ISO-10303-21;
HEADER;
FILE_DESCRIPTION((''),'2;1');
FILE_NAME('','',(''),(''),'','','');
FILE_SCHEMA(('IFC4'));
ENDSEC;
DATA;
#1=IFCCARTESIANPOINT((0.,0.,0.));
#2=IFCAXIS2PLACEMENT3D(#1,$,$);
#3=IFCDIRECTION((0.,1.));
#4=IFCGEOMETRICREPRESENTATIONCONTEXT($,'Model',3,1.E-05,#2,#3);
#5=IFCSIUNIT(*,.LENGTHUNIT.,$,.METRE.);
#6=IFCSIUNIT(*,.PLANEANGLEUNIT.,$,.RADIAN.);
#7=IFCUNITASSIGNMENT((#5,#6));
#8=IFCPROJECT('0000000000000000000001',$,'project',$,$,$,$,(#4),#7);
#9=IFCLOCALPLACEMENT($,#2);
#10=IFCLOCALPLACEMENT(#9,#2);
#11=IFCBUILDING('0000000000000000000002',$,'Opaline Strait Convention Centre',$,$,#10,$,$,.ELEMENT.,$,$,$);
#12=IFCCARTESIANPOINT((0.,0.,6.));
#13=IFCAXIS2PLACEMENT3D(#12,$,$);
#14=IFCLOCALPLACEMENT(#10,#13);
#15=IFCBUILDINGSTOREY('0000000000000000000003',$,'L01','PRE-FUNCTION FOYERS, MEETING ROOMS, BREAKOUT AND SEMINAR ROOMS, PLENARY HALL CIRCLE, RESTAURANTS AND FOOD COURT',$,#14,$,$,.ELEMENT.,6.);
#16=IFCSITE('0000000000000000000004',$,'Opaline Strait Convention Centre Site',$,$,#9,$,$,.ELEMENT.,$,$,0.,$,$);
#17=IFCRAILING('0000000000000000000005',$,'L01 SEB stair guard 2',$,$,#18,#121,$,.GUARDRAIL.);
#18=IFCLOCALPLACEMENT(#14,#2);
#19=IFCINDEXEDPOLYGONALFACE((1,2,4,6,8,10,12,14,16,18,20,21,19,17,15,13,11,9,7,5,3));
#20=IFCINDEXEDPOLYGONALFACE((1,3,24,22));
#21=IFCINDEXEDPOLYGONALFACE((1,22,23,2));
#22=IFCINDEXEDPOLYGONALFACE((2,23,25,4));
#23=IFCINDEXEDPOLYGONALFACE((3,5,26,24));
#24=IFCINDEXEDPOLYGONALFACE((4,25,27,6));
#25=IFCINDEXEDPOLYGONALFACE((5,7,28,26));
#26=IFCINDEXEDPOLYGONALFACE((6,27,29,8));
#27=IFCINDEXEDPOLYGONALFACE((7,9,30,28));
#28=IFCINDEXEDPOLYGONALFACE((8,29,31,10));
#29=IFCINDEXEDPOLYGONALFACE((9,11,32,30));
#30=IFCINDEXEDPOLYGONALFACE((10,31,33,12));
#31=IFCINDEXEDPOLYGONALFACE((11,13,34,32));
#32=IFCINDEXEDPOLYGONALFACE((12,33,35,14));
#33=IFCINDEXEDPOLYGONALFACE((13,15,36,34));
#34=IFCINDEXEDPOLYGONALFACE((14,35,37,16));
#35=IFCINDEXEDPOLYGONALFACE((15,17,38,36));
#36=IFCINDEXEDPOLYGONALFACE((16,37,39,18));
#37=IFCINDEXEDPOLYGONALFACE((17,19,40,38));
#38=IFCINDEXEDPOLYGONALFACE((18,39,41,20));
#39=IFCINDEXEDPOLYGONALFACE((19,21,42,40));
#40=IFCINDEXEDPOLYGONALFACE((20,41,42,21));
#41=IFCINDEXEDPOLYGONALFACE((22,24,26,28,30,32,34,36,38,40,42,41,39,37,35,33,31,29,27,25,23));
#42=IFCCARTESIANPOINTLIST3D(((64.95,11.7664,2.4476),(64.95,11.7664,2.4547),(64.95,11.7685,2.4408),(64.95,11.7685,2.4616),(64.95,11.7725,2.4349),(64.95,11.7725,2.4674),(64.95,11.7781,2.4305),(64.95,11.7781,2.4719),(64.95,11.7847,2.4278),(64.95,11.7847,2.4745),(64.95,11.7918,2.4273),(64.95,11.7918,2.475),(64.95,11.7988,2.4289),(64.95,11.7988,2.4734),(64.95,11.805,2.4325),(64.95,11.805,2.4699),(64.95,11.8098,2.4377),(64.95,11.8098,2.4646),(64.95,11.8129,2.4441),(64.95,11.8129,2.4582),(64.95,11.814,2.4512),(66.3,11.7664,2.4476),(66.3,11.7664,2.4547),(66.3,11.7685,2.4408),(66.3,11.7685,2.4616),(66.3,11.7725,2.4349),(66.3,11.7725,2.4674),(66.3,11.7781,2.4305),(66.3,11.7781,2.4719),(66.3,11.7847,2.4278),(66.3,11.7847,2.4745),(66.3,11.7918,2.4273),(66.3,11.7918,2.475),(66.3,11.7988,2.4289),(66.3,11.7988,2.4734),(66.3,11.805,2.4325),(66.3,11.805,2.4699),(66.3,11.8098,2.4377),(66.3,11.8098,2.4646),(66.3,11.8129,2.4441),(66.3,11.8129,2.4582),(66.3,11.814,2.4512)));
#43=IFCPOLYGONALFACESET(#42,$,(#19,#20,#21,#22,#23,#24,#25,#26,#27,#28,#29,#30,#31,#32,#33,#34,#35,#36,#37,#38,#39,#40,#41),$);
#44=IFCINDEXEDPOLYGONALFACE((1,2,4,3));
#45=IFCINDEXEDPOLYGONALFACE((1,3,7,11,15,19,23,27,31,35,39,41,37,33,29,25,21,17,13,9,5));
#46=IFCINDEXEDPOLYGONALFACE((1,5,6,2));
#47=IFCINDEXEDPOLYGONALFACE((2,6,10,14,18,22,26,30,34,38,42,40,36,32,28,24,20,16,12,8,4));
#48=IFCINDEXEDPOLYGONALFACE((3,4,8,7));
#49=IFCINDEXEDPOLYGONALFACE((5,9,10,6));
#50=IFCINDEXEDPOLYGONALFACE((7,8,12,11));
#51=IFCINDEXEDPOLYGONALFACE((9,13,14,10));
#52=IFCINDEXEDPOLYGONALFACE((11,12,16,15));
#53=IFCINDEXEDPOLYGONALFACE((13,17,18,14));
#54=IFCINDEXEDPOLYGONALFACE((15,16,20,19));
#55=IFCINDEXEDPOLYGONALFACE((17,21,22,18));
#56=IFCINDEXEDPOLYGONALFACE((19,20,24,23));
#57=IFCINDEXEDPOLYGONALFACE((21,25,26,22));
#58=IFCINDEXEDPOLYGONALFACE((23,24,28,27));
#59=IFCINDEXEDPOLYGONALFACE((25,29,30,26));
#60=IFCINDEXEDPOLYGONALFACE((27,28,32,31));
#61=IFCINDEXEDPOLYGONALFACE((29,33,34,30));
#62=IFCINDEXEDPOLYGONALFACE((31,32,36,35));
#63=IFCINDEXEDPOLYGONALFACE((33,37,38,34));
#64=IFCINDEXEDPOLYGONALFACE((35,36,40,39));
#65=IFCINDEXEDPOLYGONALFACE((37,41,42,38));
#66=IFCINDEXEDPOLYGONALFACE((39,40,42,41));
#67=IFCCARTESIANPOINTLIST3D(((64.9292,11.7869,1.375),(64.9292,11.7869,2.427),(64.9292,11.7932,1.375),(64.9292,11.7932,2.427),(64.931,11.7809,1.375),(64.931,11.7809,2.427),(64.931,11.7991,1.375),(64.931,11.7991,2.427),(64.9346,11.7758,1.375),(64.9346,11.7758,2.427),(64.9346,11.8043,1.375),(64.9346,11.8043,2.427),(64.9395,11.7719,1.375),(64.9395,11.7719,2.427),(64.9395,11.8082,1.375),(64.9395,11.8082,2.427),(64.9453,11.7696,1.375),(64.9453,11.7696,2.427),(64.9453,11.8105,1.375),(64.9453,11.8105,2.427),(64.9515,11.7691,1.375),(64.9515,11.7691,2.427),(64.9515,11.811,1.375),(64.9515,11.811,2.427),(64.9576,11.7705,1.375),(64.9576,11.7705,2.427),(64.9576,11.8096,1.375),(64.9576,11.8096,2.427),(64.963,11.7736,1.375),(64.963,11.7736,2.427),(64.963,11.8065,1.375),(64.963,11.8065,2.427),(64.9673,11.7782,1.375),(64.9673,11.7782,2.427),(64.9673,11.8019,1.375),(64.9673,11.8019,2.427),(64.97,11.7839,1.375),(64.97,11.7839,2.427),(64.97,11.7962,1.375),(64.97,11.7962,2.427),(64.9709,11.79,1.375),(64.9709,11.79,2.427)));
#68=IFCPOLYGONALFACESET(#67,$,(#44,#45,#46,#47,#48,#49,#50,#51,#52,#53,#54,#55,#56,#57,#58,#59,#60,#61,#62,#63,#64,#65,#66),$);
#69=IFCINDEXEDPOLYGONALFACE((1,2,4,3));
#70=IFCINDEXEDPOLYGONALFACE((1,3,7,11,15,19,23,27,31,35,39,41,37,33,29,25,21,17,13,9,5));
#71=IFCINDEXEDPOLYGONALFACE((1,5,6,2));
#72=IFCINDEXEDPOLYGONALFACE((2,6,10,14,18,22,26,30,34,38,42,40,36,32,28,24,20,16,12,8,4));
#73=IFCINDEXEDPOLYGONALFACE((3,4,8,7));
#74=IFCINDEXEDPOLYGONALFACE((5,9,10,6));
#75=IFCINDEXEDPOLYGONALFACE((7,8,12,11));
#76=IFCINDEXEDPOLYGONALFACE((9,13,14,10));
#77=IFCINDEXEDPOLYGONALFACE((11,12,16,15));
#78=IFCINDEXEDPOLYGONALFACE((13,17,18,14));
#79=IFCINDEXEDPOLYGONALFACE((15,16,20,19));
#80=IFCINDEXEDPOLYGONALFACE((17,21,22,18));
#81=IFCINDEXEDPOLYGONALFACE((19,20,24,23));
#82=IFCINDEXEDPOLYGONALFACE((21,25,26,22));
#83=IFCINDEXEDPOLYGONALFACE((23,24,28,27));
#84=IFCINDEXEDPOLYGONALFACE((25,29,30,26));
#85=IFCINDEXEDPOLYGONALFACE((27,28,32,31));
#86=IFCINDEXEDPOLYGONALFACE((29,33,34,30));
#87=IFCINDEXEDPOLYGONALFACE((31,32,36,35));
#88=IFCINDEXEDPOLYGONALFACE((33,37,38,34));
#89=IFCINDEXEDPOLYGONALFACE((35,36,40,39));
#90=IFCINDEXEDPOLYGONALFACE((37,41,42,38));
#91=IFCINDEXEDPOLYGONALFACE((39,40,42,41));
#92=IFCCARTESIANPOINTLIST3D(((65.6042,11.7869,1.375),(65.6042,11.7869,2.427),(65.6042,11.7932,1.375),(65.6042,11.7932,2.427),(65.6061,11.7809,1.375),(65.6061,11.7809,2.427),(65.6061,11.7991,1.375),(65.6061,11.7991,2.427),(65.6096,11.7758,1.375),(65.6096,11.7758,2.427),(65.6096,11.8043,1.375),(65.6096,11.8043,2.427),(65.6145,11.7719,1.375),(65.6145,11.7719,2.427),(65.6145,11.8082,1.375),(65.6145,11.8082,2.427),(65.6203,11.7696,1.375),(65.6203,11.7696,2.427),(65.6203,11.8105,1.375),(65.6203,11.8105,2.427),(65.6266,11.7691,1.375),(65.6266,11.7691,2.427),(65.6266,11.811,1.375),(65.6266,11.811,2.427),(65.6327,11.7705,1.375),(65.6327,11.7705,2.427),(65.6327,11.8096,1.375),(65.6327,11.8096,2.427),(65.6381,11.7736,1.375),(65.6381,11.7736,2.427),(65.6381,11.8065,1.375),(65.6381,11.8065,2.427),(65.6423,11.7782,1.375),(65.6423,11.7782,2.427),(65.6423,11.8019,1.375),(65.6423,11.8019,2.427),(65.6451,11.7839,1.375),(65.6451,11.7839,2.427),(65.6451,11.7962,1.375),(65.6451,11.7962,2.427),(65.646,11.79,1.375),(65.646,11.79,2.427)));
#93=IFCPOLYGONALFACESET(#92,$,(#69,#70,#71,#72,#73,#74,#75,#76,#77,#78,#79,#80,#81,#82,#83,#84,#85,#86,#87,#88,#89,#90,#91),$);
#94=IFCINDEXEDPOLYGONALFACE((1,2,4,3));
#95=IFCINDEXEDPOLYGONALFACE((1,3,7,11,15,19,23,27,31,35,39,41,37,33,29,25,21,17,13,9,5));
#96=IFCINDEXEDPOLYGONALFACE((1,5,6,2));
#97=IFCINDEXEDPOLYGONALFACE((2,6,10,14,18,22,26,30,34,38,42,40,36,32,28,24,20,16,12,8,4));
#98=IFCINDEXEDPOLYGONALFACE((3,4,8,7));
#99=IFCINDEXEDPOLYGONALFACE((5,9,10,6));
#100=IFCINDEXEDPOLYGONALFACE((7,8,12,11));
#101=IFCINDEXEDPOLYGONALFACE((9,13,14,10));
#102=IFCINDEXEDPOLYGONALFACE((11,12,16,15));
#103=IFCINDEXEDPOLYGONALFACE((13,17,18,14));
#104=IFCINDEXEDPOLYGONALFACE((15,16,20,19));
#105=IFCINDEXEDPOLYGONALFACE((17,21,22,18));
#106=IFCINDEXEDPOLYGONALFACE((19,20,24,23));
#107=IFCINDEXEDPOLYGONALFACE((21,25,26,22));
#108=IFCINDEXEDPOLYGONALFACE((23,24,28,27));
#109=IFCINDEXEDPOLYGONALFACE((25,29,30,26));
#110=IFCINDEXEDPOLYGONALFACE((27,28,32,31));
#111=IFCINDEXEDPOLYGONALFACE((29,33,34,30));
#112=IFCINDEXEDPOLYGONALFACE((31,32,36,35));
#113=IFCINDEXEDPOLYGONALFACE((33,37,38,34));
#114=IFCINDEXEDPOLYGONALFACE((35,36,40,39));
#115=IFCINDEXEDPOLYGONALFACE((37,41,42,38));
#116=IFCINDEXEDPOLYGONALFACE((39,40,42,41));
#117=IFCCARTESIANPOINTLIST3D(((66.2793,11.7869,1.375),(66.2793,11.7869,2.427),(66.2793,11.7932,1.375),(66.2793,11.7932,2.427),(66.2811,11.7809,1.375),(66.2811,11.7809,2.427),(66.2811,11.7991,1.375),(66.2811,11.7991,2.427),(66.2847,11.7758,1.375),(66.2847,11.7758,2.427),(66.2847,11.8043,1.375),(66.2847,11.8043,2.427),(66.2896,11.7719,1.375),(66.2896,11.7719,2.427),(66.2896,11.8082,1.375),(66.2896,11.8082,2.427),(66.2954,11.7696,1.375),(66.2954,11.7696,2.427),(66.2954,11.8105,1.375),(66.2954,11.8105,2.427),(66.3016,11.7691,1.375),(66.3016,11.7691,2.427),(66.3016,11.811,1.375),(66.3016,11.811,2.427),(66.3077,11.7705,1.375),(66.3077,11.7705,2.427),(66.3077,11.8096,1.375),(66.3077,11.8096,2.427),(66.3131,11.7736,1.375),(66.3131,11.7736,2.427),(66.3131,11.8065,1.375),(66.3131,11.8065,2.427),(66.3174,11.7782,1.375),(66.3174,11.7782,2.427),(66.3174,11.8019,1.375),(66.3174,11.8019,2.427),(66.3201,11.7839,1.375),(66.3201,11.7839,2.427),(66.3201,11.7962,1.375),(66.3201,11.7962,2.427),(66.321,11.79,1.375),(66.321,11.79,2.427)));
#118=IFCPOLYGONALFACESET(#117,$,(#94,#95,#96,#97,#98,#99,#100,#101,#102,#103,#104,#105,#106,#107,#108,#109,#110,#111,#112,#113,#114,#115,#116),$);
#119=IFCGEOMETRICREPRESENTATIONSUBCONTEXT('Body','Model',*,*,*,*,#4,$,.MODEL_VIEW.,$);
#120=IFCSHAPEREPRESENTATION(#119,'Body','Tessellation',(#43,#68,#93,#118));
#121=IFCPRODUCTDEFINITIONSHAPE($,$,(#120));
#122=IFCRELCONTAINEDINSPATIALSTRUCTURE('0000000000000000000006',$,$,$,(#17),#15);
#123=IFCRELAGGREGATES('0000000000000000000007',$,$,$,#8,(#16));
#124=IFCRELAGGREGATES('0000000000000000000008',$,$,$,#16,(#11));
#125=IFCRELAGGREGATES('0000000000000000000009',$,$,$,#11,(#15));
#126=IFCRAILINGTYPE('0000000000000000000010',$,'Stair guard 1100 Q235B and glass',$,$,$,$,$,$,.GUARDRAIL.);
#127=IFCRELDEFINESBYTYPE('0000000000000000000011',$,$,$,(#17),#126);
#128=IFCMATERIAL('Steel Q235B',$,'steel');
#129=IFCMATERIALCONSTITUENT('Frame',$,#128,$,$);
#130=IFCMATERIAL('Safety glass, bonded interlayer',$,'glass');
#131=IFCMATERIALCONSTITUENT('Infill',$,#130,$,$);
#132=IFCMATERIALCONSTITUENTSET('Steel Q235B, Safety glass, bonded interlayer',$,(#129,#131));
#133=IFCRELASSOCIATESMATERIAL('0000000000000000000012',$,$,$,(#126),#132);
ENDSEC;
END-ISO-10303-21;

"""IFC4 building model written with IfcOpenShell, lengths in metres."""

from ifc_helpers import new_model, si_unit, direction, frame, origin, origin_2d, place, context, subcontext, project, spatial, circle, extrude, material, constituent, constituent_set, type_object, element, save


model = new_model("IFC4")

# Units and contexts
model_context = context("Model", 3, precision=1e-05, world=origin(), true_north=direction((0.0, 1.0)))
body_context = subcontext(model_context, "Body", "Model", "MODEL_VIEW")
ifc_project = project(units=[si_unit("LENGTHUNIT", "METRE"), si_unit("PLANEANGLEUNIT", "RADIAN")], contexts=[model_context])

# Site, building, storey
site_placement = place(None, origin())
site = spatial("IfcSite", under=ifc_project, at=site_placement, Name="Opaline Strait Convention Centre Site", CompositionType="ELEMENT", RefElevation=0.0)
building_placement = place(site_placement, origin())
building = spatial("IfcBuilding", under=site, at=building_placement, Name="Opaline Strait Convention Centre", CompositionType="ELEMENT")
storey_placement = place(building_placement, frame((0.0, 0.0, 6.0)))
storey = spatial("IfcBuildingStorey", under=building, at=storey_placement, Name="L01", Description="PRE-FUNCTION FOYERS, MEETING ROOMS, BREAKOUT AND SEMINAR ROOMS, PLENARY HALL CIRCLE, RESTAURANTS AND FOOD COURT", CompositionType="ELEMENT", Elevation=6.0)

# Railing
ifc_material_1 = material(Name="Steel Q235B", Category="steel")
ifc_constituent_1 = constituent(ifc_material_1, Name="Frame")
ifc_material_2 = material(Name="Safety glass, bonded interlayer", Category="glass")
ifc_constituent_2 = constituent(ifc_material_2, Name="Infill")
ifc_constituent_set = constituent_set(constituents=[ifc_constituent_1, ifc_constituent_2], Name="Steel Q235B, Safety glass, bonded interlayer")
railing_type_1 = type_object("IfcRailingType", Name="Stair guard 1100 Q235B and glass", PredefinedType="GUARDRAIL", material=ifc_constituent_set)
railing_1_placement = place(storey_placement, frame((64.95, 11.79, 1.375)))
element("IfcRailing", 1, at=railing_1_placement, inside=storey, type_object=railing_type_1, Name="L01 SEB stair guard 2", PredefinedType="GUARDRAIL", context=body_context, shape_type="SweptSolid", body=[
    extrude(circle(Radius=0.0239, at=origin_2d()), frame((0.0, 0.0, 1.0762), z_axis=(1.0, 0.0, 0.0), x_axis=(0.0, 1.0, 0.0)), (0.0, 0.0, 1.0), 1.3501),
    extrude(circle(Radius=0.021, at=origin_2d()), origin(), (0.0, 0.0, 1.0), 1.052),
    extrude(circle(Radius=0.021, at=origin_2d()), frame((0.675, 0.0, 0.0)), (0.0, 0.0, 1.0), 1.052),
    extrude(circle(Radius=0.021, at=origin_2d()), frame((1.3501, 0.0, 0.0)), (0.0, 0.0, 1.0), 1.052),
])

save(model, "model.ifc")
